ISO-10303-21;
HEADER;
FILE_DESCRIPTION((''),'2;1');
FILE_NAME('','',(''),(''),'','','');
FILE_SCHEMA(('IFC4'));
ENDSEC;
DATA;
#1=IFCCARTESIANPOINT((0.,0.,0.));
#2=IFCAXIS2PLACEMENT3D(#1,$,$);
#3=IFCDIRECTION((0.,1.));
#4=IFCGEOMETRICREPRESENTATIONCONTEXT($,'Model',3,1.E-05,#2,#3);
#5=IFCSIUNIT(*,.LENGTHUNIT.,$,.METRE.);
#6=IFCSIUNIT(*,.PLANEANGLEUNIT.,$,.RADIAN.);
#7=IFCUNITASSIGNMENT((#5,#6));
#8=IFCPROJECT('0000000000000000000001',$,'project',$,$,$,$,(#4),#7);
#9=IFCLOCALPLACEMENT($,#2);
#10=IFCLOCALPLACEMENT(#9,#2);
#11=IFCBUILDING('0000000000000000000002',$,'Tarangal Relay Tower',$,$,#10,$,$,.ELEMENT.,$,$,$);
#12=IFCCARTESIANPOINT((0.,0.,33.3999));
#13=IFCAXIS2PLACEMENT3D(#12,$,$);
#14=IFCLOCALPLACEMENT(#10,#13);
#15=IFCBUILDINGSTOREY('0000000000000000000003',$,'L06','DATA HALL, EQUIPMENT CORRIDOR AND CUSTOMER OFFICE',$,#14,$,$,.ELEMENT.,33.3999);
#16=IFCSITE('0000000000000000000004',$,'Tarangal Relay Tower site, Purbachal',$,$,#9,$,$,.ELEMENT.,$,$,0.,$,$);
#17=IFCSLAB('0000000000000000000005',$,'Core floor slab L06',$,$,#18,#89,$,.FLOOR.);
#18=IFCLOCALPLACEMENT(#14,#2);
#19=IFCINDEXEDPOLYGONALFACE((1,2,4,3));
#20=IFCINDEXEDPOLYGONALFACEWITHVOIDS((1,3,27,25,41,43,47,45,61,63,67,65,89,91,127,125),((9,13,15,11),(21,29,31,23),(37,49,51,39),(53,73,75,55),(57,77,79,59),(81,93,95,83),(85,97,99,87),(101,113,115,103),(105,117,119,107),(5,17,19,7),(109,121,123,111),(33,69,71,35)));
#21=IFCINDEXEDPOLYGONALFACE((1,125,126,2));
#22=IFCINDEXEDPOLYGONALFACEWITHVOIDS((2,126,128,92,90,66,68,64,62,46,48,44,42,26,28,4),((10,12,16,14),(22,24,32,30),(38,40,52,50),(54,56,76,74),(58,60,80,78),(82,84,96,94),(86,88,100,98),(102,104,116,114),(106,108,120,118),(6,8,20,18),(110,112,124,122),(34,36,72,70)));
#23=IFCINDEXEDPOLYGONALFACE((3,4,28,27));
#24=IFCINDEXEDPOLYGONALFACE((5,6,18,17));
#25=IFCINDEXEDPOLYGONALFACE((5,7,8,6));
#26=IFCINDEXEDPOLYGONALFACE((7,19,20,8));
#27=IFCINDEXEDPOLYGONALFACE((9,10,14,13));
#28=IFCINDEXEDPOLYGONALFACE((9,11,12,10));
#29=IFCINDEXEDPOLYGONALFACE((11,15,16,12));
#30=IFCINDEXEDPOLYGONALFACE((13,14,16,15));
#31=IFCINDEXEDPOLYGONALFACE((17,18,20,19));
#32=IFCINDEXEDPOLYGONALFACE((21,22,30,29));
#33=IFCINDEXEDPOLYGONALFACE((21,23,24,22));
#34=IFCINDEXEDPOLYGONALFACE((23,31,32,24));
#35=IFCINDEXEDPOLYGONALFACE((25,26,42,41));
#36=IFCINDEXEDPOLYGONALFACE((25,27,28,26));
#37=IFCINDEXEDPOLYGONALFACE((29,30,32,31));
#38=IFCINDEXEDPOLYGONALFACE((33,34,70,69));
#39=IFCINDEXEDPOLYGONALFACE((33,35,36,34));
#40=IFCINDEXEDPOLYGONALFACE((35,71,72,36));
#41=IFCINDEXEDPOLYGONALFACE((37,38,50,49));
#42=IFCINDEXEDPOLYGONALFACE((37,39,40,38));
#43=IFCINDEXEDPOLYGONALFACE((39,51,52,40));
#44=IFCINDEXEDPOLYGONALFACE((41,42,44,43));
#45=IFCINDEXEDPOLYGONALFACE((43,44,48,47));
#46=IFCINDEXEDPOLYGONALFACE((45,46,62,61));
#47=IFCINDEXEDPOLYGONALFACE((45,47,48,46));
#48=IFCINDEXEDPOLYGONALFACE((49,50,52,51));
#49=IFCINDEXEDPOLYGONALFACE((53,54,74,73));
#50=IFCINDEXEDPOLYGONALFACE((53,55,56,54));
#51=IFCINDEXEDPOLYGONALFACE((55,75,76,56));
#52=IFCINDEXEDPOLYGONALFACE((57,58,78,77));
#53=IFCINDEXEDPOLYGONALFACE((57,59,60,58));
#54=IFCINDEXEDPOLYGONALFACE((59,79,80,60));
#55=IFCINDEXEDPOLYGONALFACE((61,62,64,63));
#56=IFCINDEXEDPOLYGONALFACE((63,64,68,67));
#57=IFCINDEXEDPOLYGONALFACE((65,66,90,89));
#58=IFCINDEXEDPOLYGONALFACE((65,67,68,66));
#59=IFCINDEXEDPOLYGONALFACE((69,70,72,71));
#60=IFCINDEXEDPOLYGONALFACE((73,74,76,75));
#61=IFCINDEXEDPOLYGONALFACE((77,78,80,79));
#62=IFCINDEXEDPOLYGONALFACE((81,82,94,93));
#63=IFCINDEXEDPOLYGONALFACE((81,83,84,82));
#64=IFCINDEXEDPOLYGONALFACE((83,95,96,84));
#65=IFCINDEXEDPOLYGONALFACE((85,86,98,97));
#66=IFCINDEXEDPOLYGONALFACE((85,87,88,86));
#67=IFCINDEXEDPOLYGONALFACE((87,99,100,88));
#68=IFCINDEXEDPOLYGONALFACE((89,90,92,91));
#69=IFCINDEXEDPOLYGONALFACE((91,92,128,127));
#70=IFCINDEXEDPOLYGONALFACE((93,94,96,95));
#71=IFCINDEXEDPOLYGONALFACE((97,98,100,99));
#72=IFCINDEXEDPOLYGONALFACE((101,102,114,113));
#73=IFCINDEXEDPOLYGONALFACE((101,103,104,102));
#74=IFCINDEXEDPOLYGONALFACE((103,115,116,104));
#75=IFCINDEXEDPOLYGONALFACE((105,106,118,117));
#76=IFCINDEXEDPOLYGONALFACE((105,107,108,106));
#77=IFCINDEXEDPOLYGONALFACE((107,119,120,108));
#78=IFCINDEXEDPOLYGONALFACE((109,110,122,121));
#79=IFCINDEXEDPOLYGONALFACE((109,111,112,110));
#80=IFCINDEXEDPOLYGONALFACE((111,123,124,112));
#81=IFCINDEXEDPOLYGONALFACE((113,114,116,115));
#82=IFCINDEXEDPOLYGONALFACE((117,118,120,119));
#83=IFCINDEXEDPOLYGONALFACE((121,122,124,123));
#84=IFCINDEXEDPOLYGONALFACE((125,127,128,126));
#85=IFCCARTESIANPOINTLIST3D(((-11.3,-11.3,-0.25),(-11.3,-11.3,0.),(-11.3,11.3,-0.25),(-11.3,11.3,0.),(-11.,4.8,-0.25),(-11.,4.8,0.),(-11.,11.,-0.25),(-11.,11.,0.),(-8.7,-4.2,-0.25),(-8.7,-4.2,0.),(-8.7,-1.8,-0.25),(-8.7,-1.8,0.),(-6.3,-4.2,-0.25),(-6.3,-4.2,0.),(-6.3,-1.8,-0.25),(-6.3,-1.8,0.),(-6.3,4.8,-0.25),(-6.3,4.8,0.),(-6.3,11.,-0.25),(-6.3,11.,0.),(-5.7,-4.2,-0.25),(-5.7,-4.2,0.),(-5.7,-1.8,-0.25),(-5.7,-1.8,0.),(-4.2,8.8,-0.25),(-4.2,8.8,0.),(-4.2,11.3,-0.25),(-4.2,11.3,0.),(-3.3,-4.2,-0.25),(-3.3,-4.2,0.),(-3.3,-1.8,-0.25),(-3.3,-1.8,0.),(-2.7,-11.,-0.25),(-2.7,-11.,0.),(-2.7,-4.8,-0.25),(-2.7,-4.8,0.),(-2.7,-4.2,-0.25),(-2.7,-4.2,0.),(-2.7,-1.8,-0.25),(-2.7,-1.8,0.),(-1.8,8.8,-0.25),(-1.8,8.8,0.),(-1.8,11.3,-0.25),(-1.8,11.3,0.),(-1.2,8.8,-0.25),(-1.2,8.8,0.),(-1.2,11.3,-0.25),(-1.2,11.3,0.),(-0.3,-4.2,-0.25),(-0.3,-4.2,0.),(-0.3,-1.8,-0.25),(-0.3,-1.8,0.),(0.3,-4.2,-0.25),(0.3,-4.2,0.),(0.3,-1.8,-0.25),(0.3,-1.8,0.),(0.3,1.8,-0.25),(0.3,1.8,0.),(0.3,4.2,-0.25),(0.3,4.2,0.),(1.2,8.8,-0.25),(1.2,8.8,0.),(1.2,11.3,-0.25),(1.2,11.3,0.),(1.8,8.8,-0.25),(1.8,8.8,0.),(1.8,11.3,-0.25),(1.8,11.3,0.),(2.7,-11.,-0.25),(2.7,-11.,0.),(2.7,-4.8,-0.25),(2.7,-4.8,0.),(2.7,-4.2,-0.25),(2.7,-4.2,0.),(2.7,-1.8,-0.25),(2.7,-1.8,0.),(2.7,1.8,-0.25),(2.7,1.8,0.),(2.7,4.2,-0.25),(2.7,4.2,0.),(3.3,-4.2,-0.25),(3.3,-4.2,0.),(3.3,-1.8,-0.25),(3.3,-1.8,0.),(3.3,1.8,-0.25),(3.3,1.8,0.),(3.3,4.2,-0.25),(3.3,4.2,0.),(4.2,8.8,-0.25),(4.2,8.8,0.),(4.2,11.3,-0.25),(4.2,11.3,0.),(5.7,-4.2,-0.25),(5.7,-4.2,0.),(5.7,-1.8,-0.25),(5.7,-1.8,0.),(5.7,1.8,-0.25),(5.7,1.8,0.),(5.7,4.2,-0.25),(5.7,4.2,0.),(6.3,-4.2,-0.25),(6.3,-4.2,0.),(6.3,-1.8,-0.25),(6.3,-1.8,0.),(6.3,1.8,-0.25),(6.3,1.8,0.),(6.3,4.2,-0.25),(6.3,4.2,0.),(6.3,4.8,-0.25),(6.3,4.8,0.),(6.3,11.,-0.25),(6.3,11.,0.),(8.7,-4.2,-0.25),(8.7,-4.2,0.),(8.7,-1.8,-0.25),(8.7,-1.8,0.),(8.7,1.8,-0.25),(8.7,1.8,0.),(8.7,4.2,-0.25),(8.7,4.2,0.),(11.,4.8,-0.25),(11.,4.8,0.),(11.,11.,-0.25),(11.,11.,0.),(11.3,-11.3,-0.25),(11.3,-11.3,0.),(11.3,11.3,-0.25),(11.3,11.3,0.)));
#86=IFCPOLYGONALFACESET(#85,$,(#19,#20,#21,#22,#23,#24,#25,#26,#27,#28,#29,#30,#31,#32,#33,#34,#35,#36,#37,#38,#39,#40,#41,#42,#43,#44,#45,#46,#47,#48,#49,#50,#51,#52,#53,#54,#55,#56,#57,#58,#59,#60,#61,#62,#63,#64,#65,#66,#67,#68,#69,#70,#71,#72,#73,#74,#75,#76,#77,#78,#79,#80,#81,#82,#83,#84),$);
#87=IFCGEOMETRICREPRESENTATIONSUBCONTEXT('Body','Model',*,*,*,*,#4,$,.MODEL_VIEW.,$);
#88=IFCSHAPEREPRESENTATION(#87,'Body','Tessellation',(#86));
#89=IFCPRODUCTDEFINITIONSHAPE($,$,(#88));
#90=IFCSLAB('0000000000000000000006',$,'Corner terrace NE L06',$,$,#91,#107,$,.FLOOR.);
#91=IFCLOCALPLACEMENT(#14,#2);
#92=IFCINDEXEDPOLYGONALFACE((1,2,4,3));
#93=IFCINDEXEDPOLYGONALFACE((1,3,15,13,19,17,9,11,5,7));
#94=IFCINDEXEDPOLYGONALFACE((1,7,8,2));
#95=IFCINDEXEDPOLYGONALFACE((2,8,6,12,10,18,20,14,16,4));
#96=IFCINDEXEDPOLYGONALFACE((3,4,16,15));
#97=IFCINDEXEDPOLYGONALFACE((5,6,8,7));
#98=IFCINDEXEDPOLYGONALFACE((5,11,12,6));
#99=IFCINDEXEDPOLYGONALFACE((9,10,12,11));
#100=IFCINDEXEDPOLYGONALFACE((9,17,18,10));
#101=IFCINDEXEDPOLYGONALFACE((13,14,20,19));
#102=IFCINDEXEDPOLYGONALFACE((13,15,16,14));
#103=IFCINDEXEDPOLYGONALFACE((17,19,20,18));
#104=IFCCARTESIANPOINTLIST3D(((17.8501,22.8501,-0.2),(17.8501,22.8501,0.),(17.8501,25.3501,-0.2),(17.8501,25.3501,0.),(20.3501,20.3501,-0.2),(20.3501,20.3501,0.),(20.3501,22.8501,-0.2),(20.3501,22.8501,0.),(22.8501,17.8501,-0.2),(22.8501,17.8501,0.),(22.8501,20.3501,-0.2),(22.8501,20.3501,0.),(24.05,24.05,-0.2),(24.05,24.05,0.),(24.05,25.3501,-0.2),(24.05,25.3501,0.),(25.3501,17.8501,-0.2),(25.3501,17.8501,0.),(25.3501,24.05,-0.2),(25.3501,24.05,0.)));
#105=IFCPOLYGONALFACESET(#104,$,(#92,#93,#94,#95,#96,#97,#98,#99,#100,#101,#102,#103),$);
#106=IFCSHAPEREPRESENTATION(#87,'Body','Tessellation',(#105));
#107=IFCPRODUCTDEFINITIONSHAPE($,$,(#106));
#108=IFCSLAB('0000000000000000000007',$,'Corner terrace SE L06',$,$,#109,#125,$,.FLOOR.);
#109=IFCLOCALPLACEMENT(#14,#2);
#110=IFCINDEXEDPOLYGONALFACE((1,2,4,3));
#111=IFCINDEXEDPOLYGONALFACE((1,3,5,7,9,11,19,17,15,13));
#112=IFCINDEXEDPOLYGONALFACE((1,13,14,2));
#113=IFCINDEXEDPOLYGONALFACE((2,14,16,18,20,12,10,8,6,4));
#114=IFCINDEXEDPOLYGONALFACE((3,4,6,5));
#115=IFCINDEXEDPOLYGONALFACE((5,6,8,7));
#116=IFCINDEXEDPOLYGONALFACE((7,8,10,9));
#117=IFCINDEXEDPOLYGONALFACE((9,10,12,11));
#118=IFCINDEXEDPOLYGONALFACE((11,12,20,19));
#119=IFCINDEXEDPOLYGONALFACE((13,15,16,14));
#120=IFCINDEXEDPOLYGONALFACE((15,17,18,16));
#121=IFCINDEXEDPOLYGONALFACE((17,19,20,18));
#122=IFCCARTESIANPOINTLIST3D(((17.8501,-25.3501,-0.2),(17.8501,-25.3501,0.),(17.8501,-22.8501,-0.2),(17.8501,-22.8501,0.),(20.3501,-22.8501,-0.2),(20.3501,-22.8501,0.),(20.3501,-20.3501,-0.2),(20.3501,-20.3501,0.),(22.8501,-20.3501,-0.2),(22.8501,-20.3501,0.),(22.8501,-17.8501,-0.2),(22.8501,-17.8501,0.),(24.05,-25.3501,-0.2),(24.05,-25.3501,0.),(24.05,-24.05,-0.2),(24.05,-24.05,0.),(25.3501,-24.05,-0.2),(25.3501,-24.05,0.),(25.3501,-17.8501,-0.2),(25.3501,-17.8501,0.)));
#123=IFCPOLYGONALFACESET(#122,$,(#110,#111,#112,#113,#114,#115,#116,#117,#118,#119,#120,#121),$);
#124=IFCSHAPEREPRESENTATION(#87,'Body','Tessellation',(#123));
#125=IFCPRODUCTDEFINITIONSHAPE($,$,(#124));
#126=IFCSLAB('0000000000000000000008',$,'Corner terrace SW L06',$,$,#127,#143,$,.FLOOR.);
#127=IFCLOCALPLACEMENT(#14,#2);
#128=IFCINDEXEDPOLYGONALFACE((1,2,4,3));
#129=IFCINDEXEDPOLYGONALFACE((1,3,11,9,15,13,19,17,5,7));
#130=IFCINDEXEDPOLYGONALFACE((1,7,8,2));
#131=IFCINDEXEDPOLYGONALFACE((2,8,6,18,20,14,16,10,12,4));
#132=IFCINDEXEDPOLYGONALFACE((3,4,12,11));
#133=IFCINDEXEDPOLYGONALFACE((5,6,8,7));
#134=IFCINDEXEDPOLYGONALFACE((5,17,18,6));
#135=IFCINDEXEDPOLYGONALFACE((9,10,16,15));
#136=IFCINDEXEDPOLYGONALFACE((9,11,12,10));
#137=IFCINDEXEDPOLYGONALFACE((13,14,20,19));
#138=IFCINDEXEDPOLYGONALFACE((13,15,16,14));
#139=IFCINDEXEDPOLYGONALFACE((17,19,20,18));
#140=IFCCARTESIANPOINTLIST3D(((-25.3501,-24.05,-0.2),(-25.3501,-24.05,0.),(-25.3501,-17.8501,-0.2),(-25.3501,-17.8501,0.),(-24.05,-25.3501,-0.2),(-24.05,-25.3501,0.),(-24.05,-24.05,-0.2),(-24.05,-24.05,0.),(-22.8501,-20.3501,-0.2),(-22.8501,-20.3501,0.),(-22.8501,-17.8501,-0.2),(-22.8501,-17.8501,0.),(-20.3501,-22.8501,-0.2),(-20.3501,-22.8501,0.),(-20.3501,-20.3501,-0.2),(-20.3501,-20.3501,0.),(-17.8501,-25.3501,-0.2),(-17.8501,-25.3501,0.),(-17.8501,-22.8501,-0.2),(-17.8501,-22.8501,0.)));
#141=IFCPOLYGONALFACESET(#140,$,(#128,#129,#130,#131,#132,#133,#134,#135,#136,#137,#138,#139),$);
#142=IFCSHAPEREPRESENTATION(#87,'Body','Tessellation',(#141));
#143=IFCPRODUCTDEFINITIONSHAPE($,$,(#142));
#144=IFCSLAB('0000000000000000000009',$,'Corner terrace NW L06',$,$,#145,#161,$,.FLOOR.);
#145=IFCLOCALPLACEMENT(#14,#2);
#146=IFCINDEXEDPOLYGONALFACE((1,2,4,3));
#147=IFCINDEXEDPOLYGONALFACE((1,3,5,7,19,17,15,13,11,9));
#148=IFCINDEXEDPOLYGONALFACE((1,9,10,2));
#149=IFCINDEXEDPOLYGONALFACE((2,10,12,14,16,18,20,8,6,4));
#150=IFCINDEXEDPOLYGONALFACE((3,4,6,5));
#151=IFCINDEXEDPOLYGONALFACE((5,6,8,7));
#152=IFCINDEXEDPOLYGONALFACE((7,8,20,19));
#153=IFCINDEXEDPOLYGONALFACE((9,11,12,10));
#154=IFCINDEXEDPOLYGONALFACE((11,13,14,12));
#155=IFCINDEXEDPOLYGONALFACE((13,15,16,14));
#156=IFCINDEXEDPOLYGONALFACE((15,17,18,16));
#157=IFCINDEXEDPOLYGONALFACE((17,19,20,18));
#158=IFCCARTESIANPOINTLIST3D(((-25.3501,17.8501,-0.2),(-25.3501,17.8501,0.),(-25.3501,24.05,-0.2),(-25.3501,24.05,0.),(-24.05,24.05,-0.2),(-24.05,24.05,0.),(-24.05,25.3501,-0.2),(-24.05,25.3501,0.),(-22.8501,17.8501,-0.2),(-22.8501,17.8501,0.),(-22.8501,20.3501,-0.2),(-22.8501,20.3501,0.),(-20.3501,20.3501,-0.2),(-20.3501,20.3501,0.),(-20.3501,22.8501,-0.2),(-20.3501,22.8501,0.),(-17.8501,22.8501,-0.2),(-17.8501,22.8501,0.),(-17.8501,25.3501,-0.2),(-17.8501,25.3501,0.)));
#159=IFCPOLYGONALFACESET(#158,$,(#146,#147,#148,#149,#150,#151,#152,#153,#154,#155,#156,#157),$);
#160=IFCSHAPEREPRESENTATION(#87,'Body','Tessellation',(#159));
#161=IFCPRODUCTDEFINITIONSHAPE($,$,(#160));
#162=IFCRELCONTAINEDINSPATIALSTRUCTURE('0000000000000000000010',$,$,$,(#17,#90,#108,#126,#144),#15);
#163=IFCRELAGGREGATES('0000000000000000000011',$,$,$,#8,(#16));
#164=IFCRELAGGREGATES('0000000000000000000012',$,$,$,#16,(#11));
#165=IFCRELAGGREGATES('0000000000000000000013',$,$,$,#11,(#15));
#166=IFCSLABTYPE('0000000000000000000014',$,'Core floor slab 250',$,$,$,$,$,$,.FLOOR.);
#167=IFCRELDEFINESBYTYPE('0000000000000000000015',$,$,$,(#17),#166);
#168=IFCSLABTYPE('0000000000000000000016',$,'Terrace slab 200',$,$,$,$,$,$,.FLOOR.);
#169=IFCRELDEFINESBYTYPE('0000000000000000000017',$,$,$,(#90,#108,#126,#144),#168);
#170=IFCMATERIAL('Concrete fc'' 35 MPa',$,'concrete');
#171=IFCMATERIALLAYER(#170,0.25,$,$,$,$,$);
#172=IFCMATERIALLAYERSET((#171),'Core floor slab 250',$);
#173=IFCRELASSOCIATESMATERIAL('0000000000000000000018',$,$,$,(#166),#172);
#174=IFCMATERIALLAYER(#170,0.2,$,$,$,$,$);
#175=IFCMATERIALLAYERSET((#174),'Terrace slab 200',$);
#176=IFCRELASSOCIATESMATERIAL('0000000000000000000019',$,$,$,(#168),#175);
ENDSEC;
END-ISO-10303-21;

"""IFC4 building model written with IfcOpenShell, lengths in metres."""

from ifc_helpers import new_model, si_unit, direction, frame, origin, place, context, subcontext, project, spatial, polyline, outline, extrude, material, layer, layer_set, type_object, element, save


model = new_model("IFC4")

# Units and contexts
model_context = context("Model", 3, precision=1e-05, world=origin(), true_north=direction((0.0, 1.0)))
body_context = subcontext(model_context, "Body", "Model", "MODEL_VIEW")
ifc_project = project(units=[si_unit("LENGTHUNIT", "METRE"), si_unit("PLANEANGLEUNIT", "RADIAN")], contexts=[model_context])

# Site, building, storey
site_placement = place(None, origin())
site = spatial("IfcSite", under=ifc_project, at=site_placement, Name="Tarangal Relay Tower site, Purbachal", CompositionType="ELEMENT", RefElevation=0.0)
building_placement = place(site_placement, origin())
building = spatial("IfcBuilding", under=site, at=building_placement, Name="Tarangal Relay Tower", CompositionType="ELEMENT")
storey_placement = place(building_placement, frame((0.0, 0.0, 33.3999)))
storey = spatial("IfcBuildingStorey", under=building, at=storey_placement, Name="L06", Description="DATA HALL, EQUIPMENT CORRIDOR AND CUSTOMER OFFICE", CompositionType="ELEMENT", Elevation=33.3999)

# Slabs
ifc_material_1 = material(Name="Concrete fc' 35 MPa", Category="concrete")
ifc_layer_1 = layer(ifc_material_1, 0.25)
ifc_layer_set_1 = layer_set([ifc_layer_1], Name="Core floor slab 250")
slab_type_1 = type_object("IfcSlabType", Name="Core floor slab 250", PredefinedType="FLOOR", material=ifc_layer_set_1)
slab_1_placement = place(storey_placement, frame((0.0, 0.0, -0.25)))
element("IfcSlab", 1, at=slab_1_placement, inside=storey, type_object=slab_type_1, Name="Core floor slab L06", PredefinedType="FLOOR", context=body_context, shape_type="SweptSolid", body=[
    extrude(outline(polyline([(11.3, 11.3), (11.3, -11.3), (-11.3, -11.3), (-11.3, 11.3), (-4.2, 11.3), (-4.2, 8.8), (-1.8, 8.8), (-1.8, 11.3), (-1.2, 11.3), (-1.2, 8.8), (1.2, 8.8), (1.2, 11.3), (1.8, 11.3), (1.8, 8.8), (4.2, 8.8), (4.2, 11.3), (11.3, 11.3)]), holes=[polyline([(2.7, -4.8), (-2.7, -4.8), (-2.7, -11.0), (2.7, -11.0), (2.7, -4.8)]), polyline([(-6.3, -4.2), (-6.3, -1.8), (-8.7, -1.8), (-8.7, -4.2), (-6.3, -4.2)]), polyline([(-3.3, -4.2), (-3.3, -1.8), (-5.7, -1.8), (-5.7, -4.2), (-3.3, -4.2)]), polyline([(-0.3, -4.2), (-0.3, -1.8), (-2.7, -1.8), (-2.7, -4.2), (-0.3, -4.2)]), polyline([(2.7, 1.8), (2.7, 4.2), (0.3, 4.2), (0.3, 1.8), (2.7, 1.8)]), polyline([(-6.3, 4.8), (-6.3, 11.0), (-11.0, 11.0), (-11.0, 4.8), (-6.3, 4.8)]), polyline([(2.7, -4.2), (2.7, -1.8), (0.3, -1.8), (0.3, -4.2), (2.7, -4.2)]), polyline([(5.7, -4.2), (5.7, -1.8), (3.3, -1.8), (3.3, -4.2), (5.7, -4.2)]), polyline([(8.7, -4.2), (8.7, -1.8), (6.3, -1.8), (6.3, -4.2), (8.7, -4.2)]), polyline([(5.7, 1.8), (5.7, 4.2), (3.3, 4.2), (3.3, 1.8), (5.7, 1.8)]), polyline([(8.7, 1.8), (8.7, 4.2), (6.3, 4.2), (6.3, 1.8), (8.7, 1.8)]), polyline([(11.0, 4.8), (11.0, 11.0), (6.3, 11.0), (6.3, 4.8), (11.0, 4.8)])]), origin(), (0.0, 0.0, 1.0), 0.25),
])
ifc_layer_2 = layer(ifc_material_1, 0.2)
ifc_layer_set_2 = layer_set([ifc_layer_2], Name="Terrace slab 200")
slab_type_2 = type_object("IfcSlabType", Name="Terrace slab 200", PredefinedType="FLOOR", material=ifc_layer_set_2)
slab_2_placement = place(storey_placement, frame((0.0, 0.0, -0.2)))
element("IfcSlab", 2, at=slab_2_placement, inside=storey, type_object=slab_type_2, Name="Corner terrace NE L06", PredefinedType="FLOOR", context=body_context, shape_type="SweptSolid", body=[
    extrude(outline(polyline([(17.8501, 25.3501), (17.8501, 22.8501), (20.3501, 22.8501), (20.3501, 20.3501), (22.8501, 20.3501), (22.8501, 17.8501), (25.3501, 17.8501), (25.3501, 24.05), (24.05, 24.05), (24.05, 25.3501), (17.8501, 25.3501)])), origin(), (0.0, 0.0, 1.0), 0.2),
])
slab_3_placement = place(storey_placement, frame((0.0, 0.0, -0.2)))
element("IfcSlab", 3, at=slab_3_placement, inside=storey, type_object=slab_type_2, Name="Corner terrace SE L06", PredefinedType="FLOOR", context=body_context, shape_type="SweptSolid", body=[
    extrude(outline(polyline([(25.3501, -17.8501), (22.8501, -17.8501), (22.8501, -20.3501), (20.3501, -20.3501), (20.3501, -22.8501), (17.8501, -22.8501), (17.8501, -25.3501), (24.05, -25.3501), (24.05, -24.05), (25.3501, -24.05), (25.3501, -17.8501)])), origin(), (0.0, 0.0, 1.0), 0.2),
])
slab_4_placement = place(storey_placement, frame((0.0, 0.0, -0.2)))
element("IfcSlab", 4, at=slab_4_placement, inside=storey, type_object=slab_type_2, Name="Corner terrace SW L06", PredefinedType="FLOOR", context=body_context, shape_type="SweptSolid", body=[
    extrude(outline(polyline([(-17.8501, -25.3501), (-17.8501, -22.8501), (-20.3501, -22.8501), (-20.3501, -20.3501), (-22.8501, -20.3501), (-22.8501, -17.8501), (-25.3501, -17.8501), (-25.3501, -24.05), (-24.05, -24.05), (-24.05, -25.3501), (-17.8501, -25.3501)])), origin(), (0.0, 0.0, 1.0), 0.2),
])
slab_5_placement = place(storey_placement, frame((0.0, 0.0, -0.2)))
element("IfcSlab", 5, at=slab_5_placement, inside=storey, type_object=slab_type_2, Name="Corner terrace NW L06", PredefinedType="FLOOR", context=body_context, shape_type="SweptSolid", body=[
    extrude(outline(polyline([(-25.3501, 17.8501), (-22.8501, 17.8501), (-22.8501, 20.3501), (-20.3501, 20.3501), (-20.3501, 22.8501), (-17.8501, 22.8501), (-17.8501, 25.3501), (-24.05, 25.3501), (-24.05, 24.05), (-25.3501, 24.05), (-25.3501, 17.8501)])), origin(), (0.0, 0.0, 1.0), 0.2),
])

save(model, "model.ifc")
